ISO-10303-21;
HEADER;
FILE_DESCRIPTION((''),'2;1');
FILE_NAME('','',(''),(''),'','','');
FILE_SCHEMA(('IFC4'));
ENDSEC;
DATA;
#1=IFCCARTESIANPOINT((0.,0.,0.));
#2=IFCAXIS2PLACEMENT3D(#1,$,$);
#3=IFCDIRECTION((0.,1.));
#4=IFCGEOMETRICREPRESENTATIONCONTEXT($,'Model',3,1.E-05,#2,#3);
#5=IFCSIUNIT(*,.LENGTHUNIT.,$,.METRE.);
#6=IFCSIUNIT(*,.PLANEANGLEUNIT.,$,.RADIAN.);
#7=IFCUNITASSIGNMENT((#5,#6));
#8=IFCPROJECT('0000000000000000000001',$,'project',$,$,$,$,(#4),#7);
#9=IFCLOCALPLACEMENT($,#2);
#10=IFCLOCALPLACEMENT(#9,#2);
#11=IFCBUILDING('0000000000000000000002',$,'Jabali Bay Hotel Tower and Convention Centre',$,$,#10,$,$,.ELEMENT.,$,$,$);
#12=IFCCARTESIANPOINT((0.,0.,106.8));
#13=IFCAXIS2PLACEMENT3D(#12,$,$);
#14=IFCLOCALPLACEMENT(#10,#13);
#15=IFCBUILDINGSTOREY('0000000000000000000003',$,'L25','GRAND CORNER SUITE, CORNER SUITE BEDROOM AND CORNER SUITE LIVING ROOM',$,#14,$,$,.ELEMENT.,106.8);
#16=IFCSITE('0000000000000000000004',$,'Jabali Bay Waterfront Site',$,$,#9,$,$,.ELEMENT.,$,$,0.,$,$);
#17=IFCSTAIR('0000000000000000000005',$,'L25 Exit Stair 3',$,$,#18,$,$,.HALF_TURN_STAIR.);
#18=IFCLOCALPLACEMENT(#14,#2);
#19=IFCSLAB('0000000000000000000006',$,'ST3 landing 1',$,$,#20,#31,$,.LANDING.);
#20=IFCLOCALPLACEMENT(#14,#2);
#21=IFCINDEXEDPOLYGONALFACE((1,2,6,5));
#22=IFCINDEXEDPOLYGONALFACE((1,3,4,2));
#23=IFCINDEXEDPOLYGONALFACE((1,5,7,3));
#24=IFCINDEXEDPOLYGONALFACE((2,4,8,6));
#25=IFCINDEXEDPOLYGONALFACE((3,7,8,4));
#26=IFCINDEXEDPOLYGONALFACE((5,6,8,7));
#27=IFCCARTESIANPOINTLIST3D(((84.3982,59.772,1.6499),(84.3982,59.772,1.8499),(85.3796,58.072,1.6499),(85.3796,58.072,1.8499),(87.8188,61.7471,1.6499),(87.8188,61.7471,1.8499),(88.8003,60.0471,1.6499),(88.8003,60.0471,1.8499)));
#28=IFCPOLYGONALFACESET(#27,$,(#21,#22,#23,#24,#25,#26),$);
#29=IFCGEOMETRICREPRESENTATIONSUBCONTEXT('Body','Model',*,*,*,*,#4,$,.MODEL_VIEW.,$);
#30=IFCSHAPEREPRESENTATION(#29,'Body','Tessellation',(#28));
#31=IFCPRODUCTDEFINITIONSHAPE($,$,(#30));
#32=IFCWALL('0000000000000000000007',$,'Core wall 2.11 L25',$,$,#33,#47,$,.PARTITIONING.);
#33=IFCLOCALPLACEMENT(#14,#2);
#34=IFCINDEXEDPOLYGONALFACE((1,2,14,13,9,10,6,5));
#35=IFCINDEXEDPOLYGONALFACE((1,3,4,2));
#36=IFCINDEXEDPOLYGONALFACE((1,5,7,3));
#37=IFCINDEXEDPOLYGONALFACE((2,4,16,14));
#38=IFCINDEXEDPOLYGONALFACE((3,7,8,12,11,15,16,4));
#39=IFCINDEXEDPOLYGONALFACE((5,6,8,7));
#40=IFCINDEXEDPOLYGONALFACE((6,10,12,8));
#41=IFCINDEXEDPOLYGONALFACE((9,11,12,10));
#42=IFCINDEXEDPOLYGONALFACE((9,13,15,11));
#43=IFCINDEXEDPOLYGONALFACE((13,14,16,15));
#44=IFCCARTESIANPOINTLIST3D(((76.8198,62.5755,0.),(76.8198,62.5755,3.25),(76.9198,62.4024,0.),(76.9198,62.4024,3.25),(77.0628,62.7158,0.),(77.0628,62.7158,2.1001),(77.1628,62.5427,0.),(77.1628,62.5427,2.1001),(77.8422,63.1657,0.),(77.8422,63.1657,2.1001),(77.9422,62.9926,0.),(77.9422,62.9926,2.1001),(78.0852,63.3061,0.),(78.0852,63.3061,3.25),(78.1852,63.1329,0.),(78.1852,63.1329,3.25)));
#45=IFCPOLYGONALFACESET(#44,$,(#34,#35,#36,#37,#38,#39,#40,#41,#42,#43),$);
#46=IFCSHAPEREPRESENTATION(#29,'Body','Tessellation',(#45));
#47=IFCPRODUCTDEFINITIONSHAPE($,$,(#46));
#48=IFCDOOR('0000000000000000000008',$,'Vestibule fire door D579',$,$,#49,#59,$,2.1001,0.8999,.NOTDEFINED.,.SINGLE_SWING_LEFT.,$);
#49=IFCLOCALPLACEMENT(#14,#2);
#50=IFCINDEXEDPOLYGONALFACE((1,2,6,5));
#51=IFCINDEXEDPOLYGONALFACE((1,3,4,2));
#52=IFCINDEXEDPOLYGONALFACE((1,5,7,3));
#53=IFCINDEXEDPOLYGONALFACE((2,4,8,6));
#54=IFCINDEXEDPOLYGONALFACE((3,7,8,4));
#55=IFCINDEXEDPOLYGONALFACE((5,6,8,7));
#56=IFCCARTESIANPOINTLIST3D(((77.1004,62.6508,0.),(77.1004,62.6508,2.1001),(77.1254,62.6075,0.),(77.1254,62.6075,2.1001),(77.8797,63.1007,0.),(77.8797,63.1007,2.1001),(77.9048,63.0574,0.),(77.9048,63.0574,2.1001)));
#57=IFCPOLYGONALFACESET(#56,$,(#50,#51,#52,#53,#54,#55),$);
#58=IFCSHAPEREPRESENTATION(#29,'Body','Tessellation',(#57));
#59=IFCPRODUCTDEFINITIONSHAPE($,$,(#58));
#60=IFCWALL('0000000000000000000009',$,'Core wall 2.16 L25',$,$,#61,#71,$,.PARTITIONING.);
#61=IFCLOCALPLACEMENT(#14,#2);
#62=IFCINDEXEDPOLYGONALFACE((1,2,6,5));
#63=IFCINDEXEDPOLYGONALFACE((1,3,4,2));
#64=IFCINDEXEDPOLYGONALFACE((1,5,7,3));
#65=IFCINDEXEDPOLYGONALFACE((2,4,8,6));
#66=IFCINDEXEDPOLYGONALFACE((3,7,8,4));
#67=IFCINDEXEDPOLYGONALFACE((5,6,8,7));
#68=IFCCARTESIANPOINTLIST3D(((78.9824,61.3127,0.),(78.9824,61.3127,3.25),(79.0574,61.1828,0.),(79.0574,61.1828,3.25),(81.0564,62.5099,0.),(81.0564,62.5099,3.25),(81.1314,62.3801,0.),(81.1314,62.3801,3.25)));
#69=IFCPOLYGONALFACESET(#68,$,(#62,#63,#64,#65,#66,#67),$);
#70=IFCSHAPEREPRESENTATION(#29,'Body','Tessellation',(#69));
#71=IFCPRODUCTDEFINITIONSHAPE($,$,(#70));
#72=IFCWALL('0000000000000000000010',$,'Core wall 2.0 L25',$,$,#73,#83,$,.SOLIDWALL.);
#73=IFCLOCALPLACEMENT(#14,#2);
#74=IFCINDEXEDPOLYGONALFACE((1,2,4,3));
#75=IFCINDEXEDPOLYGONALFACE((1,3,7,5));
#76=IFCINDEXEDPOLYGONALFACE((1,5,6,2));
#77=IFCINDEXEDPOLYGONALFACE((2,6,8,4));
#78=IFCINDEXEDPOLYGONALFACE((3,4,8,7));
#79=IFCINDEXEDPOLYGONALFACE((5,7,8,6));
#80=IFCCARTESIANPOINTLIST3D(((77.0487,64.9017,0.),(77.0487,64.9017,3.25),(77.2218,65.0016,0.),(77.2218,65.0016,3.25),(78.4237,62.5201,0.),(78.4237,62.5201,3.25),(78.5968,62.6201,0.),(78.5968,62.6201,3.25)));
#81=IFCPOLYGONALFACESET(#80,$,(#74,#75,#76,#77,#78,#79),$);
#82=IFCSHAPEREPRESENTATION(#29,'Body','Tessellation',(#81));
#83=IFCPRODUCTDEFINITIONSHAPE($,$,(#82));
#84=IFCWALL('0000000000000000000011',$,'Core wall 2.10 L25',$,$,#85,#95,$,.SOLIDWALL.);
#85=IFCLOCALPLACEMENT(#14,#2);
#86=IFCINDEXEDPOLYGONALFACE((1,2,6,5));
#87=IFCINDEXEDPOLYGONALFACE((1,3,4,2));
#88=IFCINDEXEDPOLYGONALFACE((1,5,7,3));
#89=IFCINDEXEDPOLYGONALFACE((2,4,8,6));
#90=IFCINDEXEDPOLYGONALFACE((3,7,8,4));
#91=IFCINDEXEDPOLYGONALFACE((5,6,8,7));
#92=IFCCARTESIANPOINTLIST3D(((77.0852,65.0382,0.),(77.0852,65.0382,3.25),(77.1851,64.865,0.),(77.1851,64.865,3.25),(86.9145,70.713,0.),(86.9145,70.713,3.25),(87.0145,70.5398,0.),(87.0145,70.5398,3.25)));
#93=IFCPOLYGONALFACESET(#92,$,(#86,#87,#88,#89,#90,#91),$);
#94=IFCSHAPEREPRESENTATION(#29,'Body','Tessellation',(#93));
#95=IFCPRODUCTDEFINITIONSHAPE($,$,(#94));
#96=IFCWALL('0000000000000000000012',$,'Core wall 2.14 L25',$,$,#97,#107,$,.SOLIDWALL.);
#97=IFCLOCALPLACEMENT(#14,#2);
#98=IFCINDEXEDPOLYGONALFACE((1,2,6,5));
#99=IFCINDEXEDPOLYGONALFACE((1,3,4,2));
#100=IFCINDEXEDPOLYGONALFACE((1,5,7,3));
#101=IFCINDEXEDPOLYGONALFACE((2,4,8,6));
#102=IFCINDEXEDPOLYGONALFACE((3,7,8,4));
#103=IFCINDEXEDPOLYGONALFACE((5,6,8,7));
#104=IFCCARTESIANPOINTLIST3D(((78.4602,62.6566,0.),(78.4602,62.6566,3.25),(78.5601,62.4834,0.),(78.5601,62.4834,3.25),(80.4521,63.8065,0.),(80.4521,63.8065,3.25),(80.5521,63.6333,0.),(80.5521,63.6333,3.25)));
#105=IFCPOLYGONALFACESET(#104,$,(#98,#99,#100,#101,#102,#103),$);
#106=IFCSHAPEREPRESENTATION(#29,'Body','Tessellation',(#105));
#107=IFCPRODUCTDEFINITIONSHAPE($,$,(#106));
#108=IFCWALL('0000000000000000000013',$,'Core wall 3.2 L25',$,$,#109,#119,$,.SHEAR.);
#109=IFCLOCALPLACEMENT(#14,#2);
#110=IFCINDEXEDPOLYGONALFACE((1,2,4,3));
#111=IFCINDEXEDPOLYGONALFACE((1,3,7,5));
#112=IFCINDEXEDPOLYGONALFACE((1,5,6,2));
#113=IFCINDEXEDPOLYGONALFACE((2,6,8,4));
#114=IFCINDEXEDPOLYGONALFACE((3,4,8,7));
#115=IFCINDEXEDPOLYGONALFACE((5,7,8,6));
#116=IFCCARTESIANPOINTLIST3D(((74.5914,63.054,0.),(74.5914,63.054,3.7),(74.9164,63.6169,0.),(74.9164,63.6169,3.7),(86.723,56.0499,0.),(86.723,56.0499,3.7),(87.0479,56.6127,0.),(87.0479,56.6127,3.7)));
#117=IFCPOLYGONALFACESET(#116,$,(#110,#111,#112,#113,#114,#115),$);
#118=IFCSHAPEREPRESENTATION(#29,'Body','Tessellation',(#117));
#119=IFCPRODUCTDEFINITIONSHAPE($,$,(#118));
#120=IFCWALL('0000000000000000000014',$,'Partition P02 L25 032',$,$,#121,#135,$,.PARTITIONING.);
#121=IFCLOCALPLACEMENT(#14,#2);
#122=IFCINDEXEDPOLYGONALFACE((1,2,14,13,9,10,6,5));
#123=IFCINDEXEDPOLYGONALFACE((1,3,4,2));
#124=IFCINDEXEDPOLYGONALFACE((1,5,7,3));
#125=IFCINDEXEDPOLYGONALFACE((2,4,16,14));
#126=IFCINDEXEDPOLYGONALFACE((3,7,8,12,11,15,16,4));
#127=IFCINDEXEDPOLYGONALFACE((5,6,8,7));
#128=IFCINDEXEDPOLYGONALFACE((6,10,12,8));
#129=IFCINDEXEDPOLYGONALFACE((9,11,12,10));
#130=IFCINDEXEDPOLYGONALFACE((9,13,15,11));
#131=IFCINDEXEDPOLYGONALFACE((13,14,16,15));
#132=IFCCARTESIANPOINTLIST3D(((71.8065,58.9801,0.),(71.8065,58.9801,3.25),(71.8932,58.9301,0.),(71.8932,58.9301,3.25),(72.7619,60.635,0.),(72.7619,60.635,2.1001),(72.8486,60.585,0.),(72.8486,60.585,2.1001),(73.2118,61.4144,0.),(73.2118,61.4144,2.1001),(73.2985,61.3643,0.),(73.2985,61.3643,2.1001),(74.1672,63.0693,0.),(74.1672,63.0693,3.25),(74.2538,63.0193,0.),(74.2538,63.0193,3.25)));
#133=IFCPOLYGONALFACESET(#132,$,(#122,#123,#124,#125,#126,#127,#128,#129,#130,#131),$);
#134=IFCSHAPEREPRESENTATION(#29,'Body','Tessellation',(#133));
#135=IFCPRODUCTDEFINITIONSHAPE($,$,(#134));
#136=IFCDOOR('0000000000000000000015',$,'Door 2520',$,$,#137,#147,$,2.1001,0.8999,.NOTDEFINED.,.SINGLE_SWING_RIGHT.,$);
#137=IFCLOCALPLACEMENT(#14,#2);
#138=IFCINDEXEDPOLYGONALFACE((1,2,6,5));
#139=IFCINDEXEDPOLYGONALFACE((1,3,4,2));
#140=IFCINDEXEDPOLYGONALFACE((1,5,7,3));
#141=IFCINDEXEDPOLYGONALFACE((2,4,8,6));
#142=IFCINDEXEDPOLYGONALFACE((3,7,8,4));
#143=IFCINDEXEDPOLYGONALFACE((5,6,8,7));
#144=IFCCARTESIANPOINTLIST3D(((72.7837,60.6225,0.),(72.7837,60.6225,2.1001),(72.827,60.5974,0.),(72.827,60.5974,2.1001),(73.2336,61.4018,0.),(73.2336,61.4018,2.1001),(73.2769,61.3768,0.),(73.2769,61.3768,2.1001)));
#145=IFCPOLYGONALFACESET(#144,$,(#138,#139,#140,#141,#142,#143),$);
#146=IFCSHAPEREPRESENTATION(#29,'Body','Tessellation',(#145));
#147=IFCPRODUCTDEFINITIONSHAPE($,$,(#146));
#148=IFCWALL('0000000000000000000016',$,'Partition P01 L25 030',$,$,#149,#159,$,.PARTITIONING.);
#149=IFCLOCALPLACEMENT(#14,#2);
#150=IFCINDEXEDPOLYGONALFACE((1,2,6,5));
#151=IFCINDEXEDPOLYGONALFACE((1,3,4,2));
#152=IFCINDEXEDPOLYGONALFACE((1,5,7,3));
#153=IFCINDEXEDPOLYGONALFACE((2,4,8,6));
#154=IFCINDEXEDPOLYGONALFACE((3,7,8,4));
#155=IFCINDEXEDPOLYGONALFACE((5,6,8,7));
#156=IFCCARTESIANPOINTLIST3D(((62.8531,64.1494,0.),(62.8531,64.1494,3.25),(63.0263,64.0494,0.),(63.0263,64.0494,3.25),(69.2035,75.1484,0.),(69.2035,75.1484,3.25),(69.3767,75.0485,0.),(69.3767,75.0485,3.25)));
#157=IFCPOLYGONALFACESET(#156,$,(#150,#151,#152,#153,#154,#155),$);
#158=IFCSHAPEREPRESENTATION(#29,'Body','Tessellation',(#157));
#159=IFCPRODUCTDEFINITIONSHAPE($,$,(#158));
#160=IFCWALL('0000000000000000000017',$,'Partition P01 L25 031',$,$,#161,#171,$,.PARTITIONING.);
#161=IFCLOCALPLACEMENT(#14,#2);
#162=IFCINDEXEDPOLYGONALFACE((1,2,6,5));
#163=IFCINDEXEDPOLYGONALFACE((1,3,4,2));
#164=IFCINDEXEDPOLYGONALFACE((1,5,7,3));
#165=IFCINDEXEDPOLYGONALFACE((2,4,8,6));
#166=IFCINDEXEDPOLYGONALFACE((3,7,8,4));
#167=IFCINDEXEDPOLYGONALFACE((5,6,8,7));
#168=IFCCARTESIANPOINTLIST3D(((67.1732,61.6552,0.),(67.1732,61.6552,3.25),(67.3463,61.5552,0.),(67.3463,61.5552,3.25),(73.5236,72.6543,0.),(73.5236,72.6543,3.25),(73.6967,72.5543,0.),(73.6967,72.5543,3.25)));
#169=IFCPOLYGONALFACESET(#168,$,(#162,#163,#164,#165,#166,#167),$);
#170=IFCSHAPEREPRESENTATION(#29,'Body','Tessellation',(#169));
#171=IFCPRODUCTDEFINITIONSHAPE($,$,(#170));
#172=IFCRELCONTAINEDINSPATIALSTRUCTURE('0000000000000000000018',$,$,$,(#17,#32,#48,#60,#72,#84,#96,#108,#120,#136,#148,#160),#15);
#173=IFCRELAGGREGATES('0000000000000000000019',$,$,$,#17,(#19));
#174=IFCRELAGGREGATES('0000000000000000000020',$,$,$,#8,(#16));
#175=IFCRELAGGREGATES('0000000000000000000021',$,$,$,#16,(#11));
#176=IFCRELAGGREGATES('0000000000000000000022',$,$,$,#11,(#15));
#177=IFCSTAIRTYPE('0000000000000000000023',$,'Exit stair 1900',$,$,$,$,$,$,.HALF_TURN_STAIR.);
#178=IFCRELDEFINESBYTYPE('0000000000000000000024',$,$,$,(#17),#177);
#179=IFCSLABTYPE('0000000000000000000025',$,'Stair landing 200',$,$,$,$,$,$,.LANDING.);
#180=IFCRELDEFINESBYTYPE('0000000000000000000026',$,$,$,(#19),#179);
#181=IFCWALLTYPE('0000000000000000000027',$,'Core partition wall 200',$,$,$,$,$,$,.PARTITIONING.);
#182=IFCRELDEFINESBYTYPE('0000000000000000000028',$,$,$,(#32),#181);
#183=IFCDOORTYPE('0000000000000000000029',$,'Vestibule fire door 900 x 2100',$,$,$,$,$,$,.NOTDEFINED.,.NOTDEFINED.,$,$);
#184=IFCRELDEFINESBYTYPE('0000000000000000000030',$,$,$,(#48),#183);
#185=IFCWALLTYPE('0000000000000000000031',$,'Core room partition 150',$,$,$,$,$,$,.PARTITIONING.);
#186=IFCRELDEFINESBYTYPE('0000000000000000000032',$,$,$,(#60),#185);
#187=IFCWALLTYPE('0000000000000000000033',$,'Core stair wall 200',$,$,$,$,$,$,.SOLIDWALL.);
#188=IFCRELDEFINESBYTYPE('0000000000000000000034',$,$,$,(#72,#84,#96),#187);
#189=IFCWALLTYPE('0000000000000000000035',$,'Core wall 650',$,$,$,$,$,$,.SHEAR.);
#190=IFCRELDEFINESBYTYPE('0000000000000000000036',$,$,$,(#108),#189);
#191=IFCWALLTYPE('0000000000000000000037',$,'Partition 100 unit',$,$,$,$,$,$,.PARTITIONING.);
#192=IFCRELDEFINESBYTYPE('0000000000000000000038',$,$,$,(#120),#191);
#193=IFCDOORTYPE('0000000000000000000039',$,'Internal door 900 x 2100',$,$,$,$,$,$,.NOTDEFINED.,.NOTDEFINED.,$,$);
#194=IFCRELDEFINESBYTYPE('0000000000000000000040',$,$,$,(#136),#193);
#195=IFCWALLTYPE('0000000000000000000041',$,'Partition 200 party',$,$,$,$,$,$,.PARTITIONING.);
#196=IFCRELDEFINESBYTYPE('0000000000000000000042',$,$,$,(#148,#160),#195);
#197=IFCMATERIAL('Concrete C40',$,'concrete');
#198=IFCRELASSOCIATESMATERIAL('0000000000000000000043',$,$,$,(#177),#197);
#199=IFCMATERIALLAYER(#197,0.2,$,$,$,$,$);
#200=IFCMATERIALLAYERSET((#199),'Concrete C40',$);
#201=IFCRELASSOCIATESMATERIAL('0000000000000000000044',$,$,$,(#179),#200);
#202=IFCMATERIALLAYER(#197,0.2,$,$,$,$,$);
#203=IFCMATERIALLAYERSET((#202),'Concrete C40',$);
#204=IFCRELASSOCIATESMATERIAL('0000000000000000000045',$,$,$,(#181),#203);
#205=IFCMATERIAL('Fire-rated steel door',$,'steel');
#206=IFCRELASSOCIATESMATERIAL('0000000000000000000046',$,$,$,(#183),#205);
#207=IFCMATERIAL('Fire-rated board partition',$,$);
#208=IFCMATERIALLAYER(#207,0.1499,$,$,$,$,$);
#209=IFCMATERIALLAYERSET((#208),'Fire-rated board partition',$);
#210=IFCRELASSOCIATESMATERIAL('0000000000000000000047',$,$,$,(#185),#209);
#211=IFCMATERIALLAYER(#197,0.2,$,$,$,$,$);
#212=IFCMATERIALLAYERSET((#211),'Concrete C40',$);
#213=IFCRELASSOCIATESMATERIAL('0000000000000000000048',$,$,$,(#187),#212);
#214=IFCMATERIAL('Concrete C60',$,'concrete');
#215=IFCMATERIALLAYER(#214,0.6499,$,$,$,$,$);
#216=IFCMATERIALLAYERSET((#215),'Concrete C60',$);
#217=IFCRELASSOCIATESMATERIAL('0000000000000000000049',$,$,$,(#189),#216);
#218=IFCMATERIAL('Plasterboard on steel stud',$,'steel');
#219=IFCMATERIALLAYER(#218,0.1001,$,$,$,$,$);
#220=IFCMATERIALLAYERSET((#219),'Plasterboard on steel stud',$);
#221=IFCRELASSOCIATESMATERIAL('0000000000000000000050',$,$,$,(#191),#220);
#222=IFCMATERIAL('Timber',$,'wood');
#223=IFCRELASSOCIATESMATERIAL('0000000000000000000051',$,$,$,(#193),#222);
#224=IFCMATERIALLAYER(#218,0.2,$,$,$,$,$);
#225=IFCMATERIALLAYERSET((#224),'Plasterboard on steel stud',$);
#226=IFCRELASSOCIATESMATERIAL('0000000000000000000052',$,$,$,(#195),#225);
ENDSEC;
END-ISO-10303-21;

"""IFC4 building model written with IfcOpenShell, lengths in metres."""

from ifc_helpers import new_model, si_unit, direction, frame, frame_2d, origin, place, context, subcontext, project, spatial, polyline, rectangle, outline, extrude, material, layer, layer_set, type_object, element, fill, aggregate, save


model = new_model("IFC4")

# Units and contexts
model_context = context("Model", 3, precision=1e-05, world=origin(), true_north=direction((0.0, 1.0)))
body_context = subcontext(model_context, "Body", "Model", "MODEL_VIEW")
ifc_project = project(units=[si_unit("LENGTHUNIT", "METRE"), si_unit("PLANEANGLEUNIT", "RADIAN")], contexts=[model_context])

# Site, building, storey
site_placement = place(None, origin())
site = spatial("IfcSite", under=ifc_project, at=site_placement, Name="Jabali Bay Waterfront Site", CompositionType="ELEMENT", RefElevation=0.0)
building_placement = place(site_placement, origin())
building = spatial("IfcBuilding", under=site, at=building_placement, Name="Jabali Bay Hotel Tower and Convention Centre", CompositionType="ELEMENT")
storey_placement = place(building_placement, frame((0.0, 0.0, 106.8)))
storey = spatial("IfcBuildingStorey", under=building, at=storey_placement, Name="L25", Description="GRAND CORNER SUITE, CORNER SUITE BEDROOM AND CORNER SUITE LIVING ROOM", CompositionType="ELEMENT", Elevation=106.8)

# Shared definitions
ifc_material_1 = material(Name="Concrete C60", Category="concrete")

# Shared definitions
ifc_material_2 = material(Name="Concrete C40", Category="concrete")

# Stair, slab
stair_type = type_object("IfcStairType", Name="Exit stair 1900", PredefinedType="HALF_TURN_STAIR", material=ifc_material_2)
ifc_layer_1 = layer(ifc_material_2, 0.2)
ifc_layer_set_1 = layer_set([ifc_layer_1], Name="Concrete C40")
slab_type_1 = type_object("IfcSlabType", Name="Stair landing 200", PredefinedType="LANDING", material=ifc_layer_set_1)
stair_1_placement = place(storey_placement, origin())
stair_1 = element("IfcStair", 1, at=stair_1_placement, inside=storey, type_object=stair_type, Name="L25 Exit Stair 3", PredefinedType="HALF_TURN_STAIR")
slab_1_placement = place(storey_placement, frame((0.0, 0.0, 1.6499)))
slab_1 = element("IfcSlab", 2, at=slab_1_placement, type_object=slab_type_1, Name="ST3 landing 1", PredefinedType="LANDING", context=body_context, shape_type="SweptSolid", body=[
    extrude(outline(polyline([(84.3982, 59.772), (85.3796, 58.072), (88.8003, 60.0471), (87.8188, 61.7471), (84.3982, 59.772)])), origin(), (0.0, 0.0, 1.0), 0.2),
])
aggregate(stair_1, [slab_1])

# Wall, opening, door
ifc_layer_2 = layer(ifc_material_2, 0.2)
ifc_layer_set_2 = layer_set([ifc_layer_2], Name="Concrete C40")
wall_type_1 = type_object("IfcWallType", Name="Core partition wall 200", PredefinedType="PARTITIONING", material=ifc_layer_set_2)
wall_1_placement = place(storey_placement, frame((76.8699, 62.489, 0.0), z_axis=(0.0, 0.0, 1.0), x_axis=(0.866055, 0.499949, 0.0)))
wall_1 = element("IfcWall", 3, at=wall_1_placement, inside=storey, type_object=wall_type_1, Name="Core wall 2.11 L25", PredefinedType="PARTITIONING", context=body_context, shape_type="SweptSolid", body=[
    extrude(rectangle(XDim=1.4612, YDim=0.2, at=frame_2d((0.7305, 0.0))), origin(), (0.0, 0.0, 1.0), 3.25),
])
opening_1_placement = place(wall_1_placement, frame((0.2805, 0.0, 0.0)))
opening_1 = element("IfcOpeningElement", 4, at=opening_1_placement, cuts=wall_1, PredefinedType="OPENING", context=body_context, shape_type="SweptSolid", body=[
    extrude(rectangle(XDim=0.8999, YDim=2.1001, at=frame_2d((0.45, 1.05))), frame((0.0, 0.1104, 0.0), z_axis=(0.0, -1.0, 0.0), x_axis=(1.0, 0.0, 0.0)), (0.0, 0.0, 1.0), 0.2209),
])
ifc_material_3 = material(Name="Fire-rated steel door", Category="steel")
door_type_1 = type_object("IfcDoorType", Name="Vestibule fire door 900 x 2100", OperationType="NOTDEFINED", PredefinedType="NOTDEFINED", material=ifc_material_3)
door_1_placement = place(opening_1_placement, origin())
door_1 = element("IfcDoor", 5, at=door_1_placement, inside=storey, type_object=door_type_1, Name="Vestibule fire door D579", OperationType="SINGLE_SWING_LEFT", OverallHeight=2.1001, OverallWidth=0.8999, PredefinedType="NOTDEFINED", context=body_context, shape_type="SweptSolid", body=[
    extrude(rectangle(XDim=0.8999, YDim=2.1001, at=frame_2d((0.45, 1.05))), frame((0.0, 0.0249, 0.0), z_axis=(0.0, -1.0, 0.0), x_axis=(1.0, 0.0, 0.0)), (0.0, 0.0, 1.0), 0.05),
])
fill(opening_1, door_1)

# Walls
ifc_material_4 = material(Name="Fire-rated board partition")
ifc_layer_3 = layer(ifc_material_4, 0.1499)
ifc_layer_set_3 = layer_set([ifc_layer_3], Name="Fire-rated board partition")
wall_type_2 = type_object("IfcWallType", Name="Core room partition 150", PredefinedType="PARTITIONING", material=ifc_layer_set_3)
wall_2_placement = place(storey_placement, frame((79.02, 61.2478, 0.0), z_axis=(0.0, 0.0, 1.0), x_axis=(0.866051, 0.499955, 0.0)))
element("IfcWall", 6, at=wall_2_placement, inside=storey, type_object=wall_type_2, Name="Core wall 2.16 L25", PredefinedType="PARTITIONING", context=body_context, shape_type="SweptSolid", body=[
    extrude(rectangle(XDim=2.3948, YDim=0.1499, at=frame_2d((1.1973, 0.0))), origin(), (0.0, 0.0, 1.0), 3.25),
])
ifc_layer_4 = layer(ifc_material_2, 0.2)
ifc_layer_set_4 = layer_set([ifc_layer_4], Name="Concrete C40")
wall_type_3 = type_object("IfcWallType", Name="Core stair wall 200", PredefinedType="SOLIDWALL", material=ifc_layer_set_4)
wall_3_placement = place(storey_placement, frame((77.1353, 64.9517, 0.0), z_axis=(0.0, 0.0, 1.0), x_axis=(0.499997, -0.866027, 0.0)))
element("IfcWall", 7, at=wall_3_placement, inside=storey, type_object=wall_type_3, Name="Core wall 2.0 L25", PredefinedType="SOLIDWALL", context=body_context, shape_type="SweptSolid", body=[
    extrude(rectangle(XDim=2.75, YDim=0.2, at=frame_2d((1.375, 0.0))), origin(), (0.0, 0.0, 1.0), 3.25),
])
wall_4_placement = place(storey_placement, frame((77.1353, 64.9517, 0.0), z_axis=(0.0, 0.0, 1.0), x_axis=(0.866032, 0.499989, 0.0)))
element("IfcWall", 8, at=wall_4_placement, inside=storey, type_object=wall_type_3, Name="Core wall 2.10 L25", PredefinedType="SOLIDWALL", context=body_context, shape_type="SweptSolid", body=[
    extrude(rectangle(XDim=11.3499, YDim=0.2, at=frame_2d((5.6748, 0.0))), origin(), (0.0, 0.0, 1.0), 3.25),
])
wall_5_placement = place(storey_placement, frame((78.5103, 62.5701, 0.0), z_axis=(0.0, 0.0, 1.0), x_axis=(0.866053, 0.499952, 0.0)))
element("IfcWall", 9, at=wall_5_placement, inside=storey, type_object=wall_type_3, Name="Core wall 2.14 L25", PredefinedType="SOLIDWALL", context=body_context, shape_type="SweptSolid", body=[
    extrude(rectangle(XDim=2.3, YDim=0.2, at=frame_2d((1.1499, 0.0))), origin(), (0.0, 0.0, 1.0), 3.25),
])
ifc_layer_5 = layer(ifc_material_1, 0.6499)
ifc_layer_set_5 = layer_set([ifc_layer_5], Name="Concrete C60")
wall_type_4 = type_object("IfcWallType", Name="Core wall 650", PredefinedType="SHEAR", material=ifc_layer_set_5)
wall_6_placement = place(storey_placement, frame((74.7539, 63.3354, 0.0), z_axis=(0.0, 0.0, 1.0), x_axis=(0.866026, -0.499999, 0.0)))
element("IfcWall", 10, at=wall_6_placement, inside=storey, type_object=wall_type_4, Name="Core wall 3.2 L25", PredefinedType="SHEAR", context=body_context, shape_type="SweptSolid", body=[
    extrude(rectangle(XDim=14.0083, YDim=0.6499, at=frame_2d((7.0042, 0.0))), origin(), (0.0, 0.0, 1.0), 3.7),
])

# Wall, opening, door
ifc_material_5 = material(Name="Plasterboard on steel stud", Category="steel")
ifc_layer_6 = layer(ifc_material_5, 0.1001)
ifc_layer_set_6 = layer_set([ifc_layer_6], Name="Plasterboard on steel stud")
wall_type_5 = type_object("IfcWallType", Name="Partition 100 unit", PredefinedType="PARTITIONING", material=ifc_layer_set_6)
wall_7_placement = place(storey_placement, frame((71.8499, 58.9551, 0.0), z_axis=(0.0, 0.0, 1.0), x_axis=(0.49996, 0.866049, 0.0)))
wall_7 = element("IfcWall", 11, at=wall_7_placement, inside=storey, type_object=wall_type_5, Name="Partition P02 L25 032", PredefinedType="PARTITIONING", context=body_context, shape_type="SweptSolid", body=[
    extrude(rectangle(XDim=4.7217, YDim=0.1001, at=frame_2d((2.3608, 0.0))), origin(), (0.0, 0.0, 1.0), 3.25),
])
opening_2_placement = place(wall_7_placement, frame((1.9109, 0.0, 0.0)))
opening_2 = element("IfcOpeningElement", 12, at=opening_2_placement, cuts=wall_7, PredefinedType="OPENING", context=body_context, shape_type="SweptSolid", body=[
    extrude(rectangle(XDim=0.8999, YDim=2.1001, at=frame_2d((0.45, 1.05))), frame((0.0, 0.0605, 0.0), z_axis=(0.0, -1.0, 0.0), x_axis=(1.0, 0.0, 0.0)), (0.0, 0.0, 1.0), 0.1211),
])
ifc_material_6 = material(Name="Timber", Category="wood")
door_type_2 = type_object("IfcDoorType", Name="Internal door 900 x 2100", OperationType="NOTDEFINED", PredefinedType="NOTDEFINED", material=ifc_material_6)
door_2_placement = place(opening_2_placement, origin())
door_2 = element("IfcDoor", 13, at=door_2_placement, inside=storey, type_object=door_type_2, Name="Door 2520", OperationType="SINGLE_SWING_RIGHT", OverallHeight=2.1001, OverallWidth=0.8999, PredefinedType="NOTDEFINED", context=body_context, shape_type="SweptSolid", body=[
    extrude(rectangle(XDim=0.8999, YDim=2.1001, at=frame_2d((0.45, 1.05))), frame((0.0, 0.0249, 0.0), z_axis=(0.0, -1.0, 0.0), x_axis=(1.0, 0.0, 0.0)), (0.0, 0.0, 1.0), 0.05),
])
fill(opening_2, door_2)

# Walls
ifc_layer_7 = layer(ifc_material_5, 0.2)
ifc_layer_set_7 = layer_set([ifc_layer_7], Name="Plasterboard on steel stud")
wall_type_6 = type_object("IfcWallType", Name="Partition 200 party", PredefinedType="PARTITIONING", material=ifc_layer_set_7)
for number, where, z_axis, x_axis, name in (
    (14, (62.9397, 64.0994, 0.0), (0.0, 0.0, 1.0), (0.500003, 0.866024, 0.0), "Partition P01 L25 030"),
    (15, (67.2598, 61.6052, 0.0), (0.0, 0.0, 1.0), (0.500003, 0.866024, 0.0), "Partition P01 L25 031"),
):
    element("IfcWall", number, at=place(storey_placement, frame(where, z_axis=z_axis, x_axis=x_axis)), inside=storey, type_object=wall_type_6, Name=name, PredefinedType="PARTITIONING", context=body_context, shape_type="SweptSolid", body=[
        extrude(rectangle(XDim=12.7007, YDim=0.2, at=frame_2d((6.3503, 0.0))), origin(), (0.0, 0.0, 1.0), 3.25),
    ])

save(model, "model.ifc")
